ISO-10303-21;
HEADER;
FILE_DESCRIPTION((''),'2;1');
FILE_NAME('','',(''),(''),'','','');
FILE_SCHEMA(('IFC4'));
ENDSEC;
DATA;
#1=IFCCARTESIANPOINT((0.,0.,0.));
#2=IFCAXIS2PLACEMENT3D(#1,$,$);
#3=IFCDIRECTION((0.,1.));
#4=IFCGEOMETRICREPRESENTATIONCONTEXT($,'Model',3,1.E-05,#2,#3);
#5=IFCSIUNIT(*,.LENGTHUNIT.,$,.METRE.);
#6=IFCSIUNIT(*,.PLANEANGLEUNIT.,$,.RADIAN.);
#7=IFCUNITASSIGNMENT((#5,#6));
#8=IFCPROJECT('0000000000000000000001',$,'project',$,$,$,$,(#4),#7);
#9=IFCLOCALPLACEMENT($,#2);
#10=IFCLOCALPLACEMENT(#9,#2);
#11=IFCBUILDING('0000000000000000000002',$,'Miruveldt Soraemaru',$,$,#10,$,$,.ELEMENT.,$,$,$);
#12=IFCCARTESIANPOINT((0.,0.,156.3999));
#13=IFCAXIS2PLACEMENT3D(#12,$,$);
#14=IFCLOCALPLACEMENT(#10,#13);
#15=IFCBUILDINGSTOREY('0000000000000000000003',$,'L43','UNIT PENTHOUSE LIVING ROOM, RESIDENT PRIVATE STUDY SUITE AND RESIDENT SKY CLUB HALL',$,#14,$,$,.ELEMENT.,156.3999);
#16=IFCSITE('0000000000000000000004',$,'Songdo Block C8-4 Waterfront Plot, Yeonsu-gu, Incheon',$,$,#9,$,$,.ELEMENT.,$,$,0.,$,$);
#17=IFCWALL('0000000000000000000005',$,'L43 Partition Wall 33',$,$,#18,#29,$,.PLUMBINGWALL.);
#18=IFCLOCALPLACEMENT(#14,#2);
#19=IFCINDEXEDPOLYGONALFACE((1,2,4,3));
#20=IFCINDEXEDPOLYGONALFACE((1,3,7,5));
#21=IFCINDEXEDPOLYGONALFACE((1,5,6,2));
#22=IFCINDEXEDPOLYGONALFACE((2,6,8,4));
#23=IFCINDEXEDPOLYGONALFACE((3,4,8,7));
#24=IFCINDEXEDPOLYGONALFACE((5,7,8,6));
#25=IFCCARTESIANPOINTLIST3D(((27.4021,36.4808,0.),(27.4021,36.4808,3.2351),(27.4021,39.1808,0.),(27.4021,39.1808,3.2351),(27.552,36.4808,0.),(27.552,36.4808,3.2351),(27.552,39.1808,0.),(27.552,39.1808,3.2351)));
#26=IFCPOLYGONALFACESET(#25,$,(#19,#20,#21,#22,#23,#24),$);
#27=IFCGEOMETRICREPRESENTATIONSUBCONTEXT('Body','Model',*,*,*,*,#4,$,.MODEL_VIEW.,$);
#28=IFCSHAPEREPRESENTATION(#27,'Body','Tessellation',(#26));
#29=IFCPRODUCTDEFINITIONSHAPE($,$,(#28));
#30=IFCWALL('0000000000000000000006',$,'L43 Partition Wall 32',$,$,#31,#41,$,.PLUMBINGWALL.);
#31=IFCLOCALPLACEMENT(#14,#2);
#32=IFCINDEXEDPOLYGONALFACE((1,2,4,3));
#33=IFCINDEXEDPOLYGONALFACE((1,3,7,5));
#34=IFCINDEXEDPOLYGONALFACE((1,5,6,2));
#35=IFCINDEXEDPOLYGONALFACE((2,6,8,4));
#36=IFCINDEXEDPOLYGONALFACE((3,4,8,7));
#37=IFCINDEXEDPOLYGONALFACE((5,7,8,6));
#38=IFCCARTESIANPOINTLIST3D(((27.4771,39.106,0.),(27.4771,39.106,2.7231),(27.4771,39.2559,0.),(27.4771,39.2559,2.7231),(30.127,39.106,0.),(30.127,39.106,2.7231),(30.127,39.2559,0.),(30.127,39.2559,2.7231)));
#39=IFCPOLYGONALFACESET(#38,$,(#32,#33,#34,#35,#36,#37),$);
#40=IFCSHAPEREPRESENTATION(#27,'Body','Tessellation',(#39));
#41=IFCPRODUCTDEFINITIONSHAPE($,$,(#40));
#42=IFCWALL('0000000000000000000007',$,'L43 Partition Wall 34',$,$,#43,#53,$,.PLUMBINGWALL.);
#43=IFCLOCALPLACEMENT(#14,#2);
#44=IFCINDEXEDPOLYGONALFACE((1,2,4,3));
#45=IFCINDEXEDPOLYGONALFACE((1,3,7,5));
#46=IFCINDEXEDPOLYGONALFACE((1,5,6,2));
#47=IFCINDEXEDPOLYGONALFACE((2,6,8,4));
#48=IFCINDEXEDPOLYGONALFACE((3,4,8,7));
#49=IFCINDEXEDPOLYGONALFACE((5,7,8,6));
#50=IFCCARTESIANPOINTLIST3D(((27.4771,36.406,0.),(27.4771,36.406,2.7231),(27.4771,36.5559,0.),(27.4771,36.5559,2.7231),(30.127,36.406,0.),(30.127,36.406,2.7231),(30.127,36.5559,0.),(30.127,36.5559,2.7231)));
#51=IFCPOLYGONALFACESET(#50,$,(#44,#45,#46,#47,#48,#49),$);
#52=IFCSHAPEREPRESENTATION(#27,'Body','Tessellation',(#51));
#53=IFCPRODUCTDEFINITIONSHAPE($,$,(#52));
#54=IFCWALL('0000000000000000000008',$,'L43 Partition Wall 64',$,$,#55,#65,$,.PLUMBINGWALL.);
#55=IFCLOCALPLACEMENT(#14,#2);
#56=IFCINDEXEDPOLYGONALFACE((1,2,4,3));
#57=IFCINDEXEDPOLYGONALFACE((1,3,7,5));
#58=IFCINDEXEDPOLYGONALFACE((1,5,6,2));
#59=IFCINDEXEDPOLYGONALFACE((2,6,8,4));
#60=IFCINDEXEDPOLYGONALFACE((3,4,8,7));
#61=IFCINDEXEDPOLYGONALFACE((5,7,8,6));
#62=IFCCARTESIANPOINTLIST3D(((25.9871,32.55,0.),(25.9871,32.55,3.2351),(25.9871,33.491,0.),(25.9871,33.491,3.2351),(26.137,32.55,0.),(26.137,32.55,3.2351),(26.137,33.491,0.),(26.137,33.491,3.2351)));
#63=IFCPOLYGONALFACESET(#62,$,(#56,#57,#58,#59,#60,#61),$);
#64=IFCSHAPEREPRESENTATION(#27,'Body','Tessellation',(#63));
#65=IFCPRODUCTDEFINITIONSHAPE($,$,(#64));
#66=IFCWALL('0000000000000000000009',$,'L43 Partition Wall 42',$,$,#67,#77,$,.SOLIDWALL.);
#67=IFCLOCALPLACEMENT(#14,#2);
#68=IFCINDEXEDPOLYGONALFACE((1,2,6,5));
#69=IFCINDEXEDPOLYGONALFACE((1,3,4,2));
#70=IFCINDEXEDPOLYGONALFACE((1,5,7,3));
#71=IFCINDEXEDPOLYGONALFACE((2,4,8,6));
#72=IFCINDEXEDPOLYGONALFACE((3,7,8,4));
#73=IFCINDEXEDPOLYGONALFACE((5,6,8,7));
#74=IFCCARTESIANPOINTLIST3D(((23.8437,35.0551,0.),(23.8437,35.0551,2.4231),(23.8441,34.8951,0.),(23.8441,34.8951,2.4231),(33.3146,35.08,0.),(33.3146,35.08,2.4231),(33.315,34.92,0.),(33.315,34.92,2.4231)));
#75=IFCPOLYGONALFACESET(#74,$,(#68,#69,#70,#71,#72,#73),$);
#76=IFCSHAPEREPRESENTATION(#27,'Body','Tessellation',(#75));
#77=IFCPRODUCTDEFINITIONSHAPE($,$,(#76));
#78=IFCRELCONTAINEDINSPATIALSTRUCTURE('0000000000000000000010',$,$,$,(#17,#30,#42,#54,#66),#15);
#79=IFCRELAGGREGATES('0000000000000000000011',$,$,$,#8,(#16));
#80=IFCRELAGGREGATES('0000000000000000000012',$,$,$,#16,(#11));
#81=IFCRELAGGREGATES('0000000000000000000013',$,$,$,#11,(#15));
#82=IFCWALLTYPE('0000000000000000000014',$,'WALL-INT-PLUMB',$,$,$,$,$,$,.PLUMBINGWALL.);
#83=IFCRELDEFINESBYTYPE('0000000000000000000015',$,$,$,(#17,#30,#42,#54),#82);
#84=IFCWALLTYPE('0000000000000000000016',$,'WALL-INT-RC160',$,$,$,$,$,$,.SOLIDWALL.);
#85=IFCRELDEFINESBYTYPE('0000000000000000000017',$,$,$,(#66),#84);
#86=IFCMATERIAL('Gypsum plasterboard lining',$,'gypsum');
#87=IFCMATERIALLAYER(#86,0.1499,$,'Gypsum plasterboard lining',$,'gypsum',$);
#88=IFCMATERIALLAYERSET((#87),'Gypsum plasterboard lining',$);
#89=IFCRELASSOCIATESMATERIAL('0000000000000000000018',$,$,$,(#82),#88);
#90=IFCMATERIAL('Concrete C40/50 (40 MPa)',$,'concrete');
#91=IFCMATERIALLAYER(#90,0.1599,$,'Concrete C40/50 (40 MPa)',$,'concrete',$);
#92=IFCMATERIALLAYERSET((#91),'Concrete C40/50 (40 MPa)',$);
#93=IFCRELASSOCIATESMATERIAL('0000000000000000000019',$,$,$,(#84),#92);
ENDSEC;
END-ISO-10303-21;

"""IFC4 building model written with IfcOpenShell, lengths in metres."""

from ifc_helpers import new_model, si_unit, direction, frame, frame_2d, origin, place, context, subcontext, project, spatial, rectangle, extrude, material, layer, layer_set, type_object, element, save


model = new_model("IFC4")

# Units and contexts
model_context = context("Model", 3, precision=1e-05, world=origin(), true_north=direction((0.0, 1.0)))
body_context = subcontext(model_context, "Body", "Model", "MODEL_VIEW")
ifc_project = project(units=[si_unit("LENGTHUNIT", "METRE"), si_unit("PLANEANGLEUNIT", "RADIAN")], contexts=[model_context])

# Site, building, storey
site_placement = place(None, origin())
site = spatial("IfcSite", under=ifc_project, at=site_placement, Name="Songdo Block C8-4 Waterfront Plot, Yeonsu-gu, Incheon", CompositionType="ELEMENT", RefElevation=0.0)
building_placement = place(site_placement, origin())
building = spatial("IfcBuilding", under=site, at=building_placement, Name="Miruveldt Soraemaru", CompositionType="ELEMENT")
storey_placement = place(building_placement, frame((0.0, 0.0, 156.3999)))
storey = spatial("IfcBuildingStorey", under=building, at=storey_placement, Name="L43", Description="UNIT PENTHOUSE LIVING ROOM, RESIDENT PRIVATE STUDY SUITE AND RESIDENT SKY CLUB HALL", CompositionType="ELEMENT", Elevation=156.3999)

# Shared definitions
ifc_material_1 = material(Name="Gypsum plasterboard lining", Category="gypsum")
ifc_layer_1 = layer(ifc_material_1, 0.1499, Name="Gypsum plasterboard lining", Category="gypsum")
ifc_layer_set_1 = layer_set([ifc_layer_1], Name="Gypsum plasterboard lining")
wall_type_1 = type_object("IfcWallType", Name="WALL-INT-PLUMB", PredefinedType="PLUMBINGWALL", material=ifc_layer_set_1)

# Walls
wall_1_placement = place(storey_placement, frame((27.4771, 39.1809, 0.0), z_axis=(0.0, 0.0, 1.0), x_axis=(0.0, -1.0, 0.0)))
element("IfcWall", 1, at=wall_1_placement, inside=storey, type_object=wall_type_1, Name="L43 Partition Wall 33", PredefinedType="PLUMBINGWALL", context=body_context, shape_type="SweptSolid", body=[
    extrude(rectangle(XDim=2.7, YDim=0.1499, at=frame_2d((1.3501, 0.0))), origin(), (0.0, 0.0, 1.0), 3.2351),
])
for number, where, z_axis, x_axis, name in (
    (2, (30.127, 39.1809, 0.0), (0.0, 0.0, 1.0), (-1.0, 0.0, 0.0), "L43 Partition Wall 32"),
    (3, (27.4771, 36.481, 0.0), (0.0, 0.0, 1.0), (1.0, 0.0, 0.0), "L43 Partition Wall 34"),
):
    element("IfcWall", number, at=place(storey_placement, frame(where, z_axis=z_axis, x_axis=x_axis)), inside=storey, type_object=wall_type_1, Name=name, PredefinedType="PLUMBINGWALL", context=body_context, shape_type="SweptSolid", body=[
        extrude(rectangle(XDim=2.6499, YDim=0.1499, at=frame_2d((1.325, 0.0))), origin(), (0.0, 0.0, 1.0), 2.7231),
    ])
wall_2_placement = place(storey_placement, frame((26.062, 33.491, 0.0), z_axis=(0.0, 0.0, 1.0), x_axis=(0.0, -1.0, 0.0)))
element("IfcWall", 4, at=wall_2_placement, inside=storey, type_object=wall_type_1, Name="L43 Partition Wall 64", PredefinedType="PLUMBINGWALL", context=body_context, shape_type="SweptSolid", body=[
    extrude(rectangle(XDim=0.9409, YDim=0.1499, at=frame_2d((0.4705, 0.0))), origin(), (0.0, 0.0, 1.0), 3.2351),
])
ifc_material_2 = material(Name="Concrete C40/50 (40 MPa)", Category="concrete")
ifc_layer_2 = layer(ifc_material_2, 0.1599, Name="Concrete C40/50 (40 MPa)", Category="concrete")
ifc_layer_set_2 = layer_set([ifc_layer_2], Name="Concrete C40/50 (40 MPa)")
wall_type_2 = type_object("IfcWallType", Name="WALL-INT-RC160", PredefinedType="SOLIDWALL", material=ifc_layer_set_2)
wall_3_placement = place(storey_placement, frame((23.844, 34.9751, 0.0), z_axis=(0.0, 0.0, 1.0), x_axis=(0.999997, 0.002629, 0.0)))
element("IfcWall", 5, at=wall_3_placement, inside=storey, type_object=wall_type_2, Name="L43 Partition Wall 42", PredefinedType="SOLIDWALL", context=body_context, shape_type="SweptSolid", body=[
    extrude(rectangle(XDim=9.4709, YDim=0.1599, at=frame_2d((4.7354, 0.0))), origin(), (0.0, 0.0, 1.0), 2.4231),
])

save(model, "model.ifc")
